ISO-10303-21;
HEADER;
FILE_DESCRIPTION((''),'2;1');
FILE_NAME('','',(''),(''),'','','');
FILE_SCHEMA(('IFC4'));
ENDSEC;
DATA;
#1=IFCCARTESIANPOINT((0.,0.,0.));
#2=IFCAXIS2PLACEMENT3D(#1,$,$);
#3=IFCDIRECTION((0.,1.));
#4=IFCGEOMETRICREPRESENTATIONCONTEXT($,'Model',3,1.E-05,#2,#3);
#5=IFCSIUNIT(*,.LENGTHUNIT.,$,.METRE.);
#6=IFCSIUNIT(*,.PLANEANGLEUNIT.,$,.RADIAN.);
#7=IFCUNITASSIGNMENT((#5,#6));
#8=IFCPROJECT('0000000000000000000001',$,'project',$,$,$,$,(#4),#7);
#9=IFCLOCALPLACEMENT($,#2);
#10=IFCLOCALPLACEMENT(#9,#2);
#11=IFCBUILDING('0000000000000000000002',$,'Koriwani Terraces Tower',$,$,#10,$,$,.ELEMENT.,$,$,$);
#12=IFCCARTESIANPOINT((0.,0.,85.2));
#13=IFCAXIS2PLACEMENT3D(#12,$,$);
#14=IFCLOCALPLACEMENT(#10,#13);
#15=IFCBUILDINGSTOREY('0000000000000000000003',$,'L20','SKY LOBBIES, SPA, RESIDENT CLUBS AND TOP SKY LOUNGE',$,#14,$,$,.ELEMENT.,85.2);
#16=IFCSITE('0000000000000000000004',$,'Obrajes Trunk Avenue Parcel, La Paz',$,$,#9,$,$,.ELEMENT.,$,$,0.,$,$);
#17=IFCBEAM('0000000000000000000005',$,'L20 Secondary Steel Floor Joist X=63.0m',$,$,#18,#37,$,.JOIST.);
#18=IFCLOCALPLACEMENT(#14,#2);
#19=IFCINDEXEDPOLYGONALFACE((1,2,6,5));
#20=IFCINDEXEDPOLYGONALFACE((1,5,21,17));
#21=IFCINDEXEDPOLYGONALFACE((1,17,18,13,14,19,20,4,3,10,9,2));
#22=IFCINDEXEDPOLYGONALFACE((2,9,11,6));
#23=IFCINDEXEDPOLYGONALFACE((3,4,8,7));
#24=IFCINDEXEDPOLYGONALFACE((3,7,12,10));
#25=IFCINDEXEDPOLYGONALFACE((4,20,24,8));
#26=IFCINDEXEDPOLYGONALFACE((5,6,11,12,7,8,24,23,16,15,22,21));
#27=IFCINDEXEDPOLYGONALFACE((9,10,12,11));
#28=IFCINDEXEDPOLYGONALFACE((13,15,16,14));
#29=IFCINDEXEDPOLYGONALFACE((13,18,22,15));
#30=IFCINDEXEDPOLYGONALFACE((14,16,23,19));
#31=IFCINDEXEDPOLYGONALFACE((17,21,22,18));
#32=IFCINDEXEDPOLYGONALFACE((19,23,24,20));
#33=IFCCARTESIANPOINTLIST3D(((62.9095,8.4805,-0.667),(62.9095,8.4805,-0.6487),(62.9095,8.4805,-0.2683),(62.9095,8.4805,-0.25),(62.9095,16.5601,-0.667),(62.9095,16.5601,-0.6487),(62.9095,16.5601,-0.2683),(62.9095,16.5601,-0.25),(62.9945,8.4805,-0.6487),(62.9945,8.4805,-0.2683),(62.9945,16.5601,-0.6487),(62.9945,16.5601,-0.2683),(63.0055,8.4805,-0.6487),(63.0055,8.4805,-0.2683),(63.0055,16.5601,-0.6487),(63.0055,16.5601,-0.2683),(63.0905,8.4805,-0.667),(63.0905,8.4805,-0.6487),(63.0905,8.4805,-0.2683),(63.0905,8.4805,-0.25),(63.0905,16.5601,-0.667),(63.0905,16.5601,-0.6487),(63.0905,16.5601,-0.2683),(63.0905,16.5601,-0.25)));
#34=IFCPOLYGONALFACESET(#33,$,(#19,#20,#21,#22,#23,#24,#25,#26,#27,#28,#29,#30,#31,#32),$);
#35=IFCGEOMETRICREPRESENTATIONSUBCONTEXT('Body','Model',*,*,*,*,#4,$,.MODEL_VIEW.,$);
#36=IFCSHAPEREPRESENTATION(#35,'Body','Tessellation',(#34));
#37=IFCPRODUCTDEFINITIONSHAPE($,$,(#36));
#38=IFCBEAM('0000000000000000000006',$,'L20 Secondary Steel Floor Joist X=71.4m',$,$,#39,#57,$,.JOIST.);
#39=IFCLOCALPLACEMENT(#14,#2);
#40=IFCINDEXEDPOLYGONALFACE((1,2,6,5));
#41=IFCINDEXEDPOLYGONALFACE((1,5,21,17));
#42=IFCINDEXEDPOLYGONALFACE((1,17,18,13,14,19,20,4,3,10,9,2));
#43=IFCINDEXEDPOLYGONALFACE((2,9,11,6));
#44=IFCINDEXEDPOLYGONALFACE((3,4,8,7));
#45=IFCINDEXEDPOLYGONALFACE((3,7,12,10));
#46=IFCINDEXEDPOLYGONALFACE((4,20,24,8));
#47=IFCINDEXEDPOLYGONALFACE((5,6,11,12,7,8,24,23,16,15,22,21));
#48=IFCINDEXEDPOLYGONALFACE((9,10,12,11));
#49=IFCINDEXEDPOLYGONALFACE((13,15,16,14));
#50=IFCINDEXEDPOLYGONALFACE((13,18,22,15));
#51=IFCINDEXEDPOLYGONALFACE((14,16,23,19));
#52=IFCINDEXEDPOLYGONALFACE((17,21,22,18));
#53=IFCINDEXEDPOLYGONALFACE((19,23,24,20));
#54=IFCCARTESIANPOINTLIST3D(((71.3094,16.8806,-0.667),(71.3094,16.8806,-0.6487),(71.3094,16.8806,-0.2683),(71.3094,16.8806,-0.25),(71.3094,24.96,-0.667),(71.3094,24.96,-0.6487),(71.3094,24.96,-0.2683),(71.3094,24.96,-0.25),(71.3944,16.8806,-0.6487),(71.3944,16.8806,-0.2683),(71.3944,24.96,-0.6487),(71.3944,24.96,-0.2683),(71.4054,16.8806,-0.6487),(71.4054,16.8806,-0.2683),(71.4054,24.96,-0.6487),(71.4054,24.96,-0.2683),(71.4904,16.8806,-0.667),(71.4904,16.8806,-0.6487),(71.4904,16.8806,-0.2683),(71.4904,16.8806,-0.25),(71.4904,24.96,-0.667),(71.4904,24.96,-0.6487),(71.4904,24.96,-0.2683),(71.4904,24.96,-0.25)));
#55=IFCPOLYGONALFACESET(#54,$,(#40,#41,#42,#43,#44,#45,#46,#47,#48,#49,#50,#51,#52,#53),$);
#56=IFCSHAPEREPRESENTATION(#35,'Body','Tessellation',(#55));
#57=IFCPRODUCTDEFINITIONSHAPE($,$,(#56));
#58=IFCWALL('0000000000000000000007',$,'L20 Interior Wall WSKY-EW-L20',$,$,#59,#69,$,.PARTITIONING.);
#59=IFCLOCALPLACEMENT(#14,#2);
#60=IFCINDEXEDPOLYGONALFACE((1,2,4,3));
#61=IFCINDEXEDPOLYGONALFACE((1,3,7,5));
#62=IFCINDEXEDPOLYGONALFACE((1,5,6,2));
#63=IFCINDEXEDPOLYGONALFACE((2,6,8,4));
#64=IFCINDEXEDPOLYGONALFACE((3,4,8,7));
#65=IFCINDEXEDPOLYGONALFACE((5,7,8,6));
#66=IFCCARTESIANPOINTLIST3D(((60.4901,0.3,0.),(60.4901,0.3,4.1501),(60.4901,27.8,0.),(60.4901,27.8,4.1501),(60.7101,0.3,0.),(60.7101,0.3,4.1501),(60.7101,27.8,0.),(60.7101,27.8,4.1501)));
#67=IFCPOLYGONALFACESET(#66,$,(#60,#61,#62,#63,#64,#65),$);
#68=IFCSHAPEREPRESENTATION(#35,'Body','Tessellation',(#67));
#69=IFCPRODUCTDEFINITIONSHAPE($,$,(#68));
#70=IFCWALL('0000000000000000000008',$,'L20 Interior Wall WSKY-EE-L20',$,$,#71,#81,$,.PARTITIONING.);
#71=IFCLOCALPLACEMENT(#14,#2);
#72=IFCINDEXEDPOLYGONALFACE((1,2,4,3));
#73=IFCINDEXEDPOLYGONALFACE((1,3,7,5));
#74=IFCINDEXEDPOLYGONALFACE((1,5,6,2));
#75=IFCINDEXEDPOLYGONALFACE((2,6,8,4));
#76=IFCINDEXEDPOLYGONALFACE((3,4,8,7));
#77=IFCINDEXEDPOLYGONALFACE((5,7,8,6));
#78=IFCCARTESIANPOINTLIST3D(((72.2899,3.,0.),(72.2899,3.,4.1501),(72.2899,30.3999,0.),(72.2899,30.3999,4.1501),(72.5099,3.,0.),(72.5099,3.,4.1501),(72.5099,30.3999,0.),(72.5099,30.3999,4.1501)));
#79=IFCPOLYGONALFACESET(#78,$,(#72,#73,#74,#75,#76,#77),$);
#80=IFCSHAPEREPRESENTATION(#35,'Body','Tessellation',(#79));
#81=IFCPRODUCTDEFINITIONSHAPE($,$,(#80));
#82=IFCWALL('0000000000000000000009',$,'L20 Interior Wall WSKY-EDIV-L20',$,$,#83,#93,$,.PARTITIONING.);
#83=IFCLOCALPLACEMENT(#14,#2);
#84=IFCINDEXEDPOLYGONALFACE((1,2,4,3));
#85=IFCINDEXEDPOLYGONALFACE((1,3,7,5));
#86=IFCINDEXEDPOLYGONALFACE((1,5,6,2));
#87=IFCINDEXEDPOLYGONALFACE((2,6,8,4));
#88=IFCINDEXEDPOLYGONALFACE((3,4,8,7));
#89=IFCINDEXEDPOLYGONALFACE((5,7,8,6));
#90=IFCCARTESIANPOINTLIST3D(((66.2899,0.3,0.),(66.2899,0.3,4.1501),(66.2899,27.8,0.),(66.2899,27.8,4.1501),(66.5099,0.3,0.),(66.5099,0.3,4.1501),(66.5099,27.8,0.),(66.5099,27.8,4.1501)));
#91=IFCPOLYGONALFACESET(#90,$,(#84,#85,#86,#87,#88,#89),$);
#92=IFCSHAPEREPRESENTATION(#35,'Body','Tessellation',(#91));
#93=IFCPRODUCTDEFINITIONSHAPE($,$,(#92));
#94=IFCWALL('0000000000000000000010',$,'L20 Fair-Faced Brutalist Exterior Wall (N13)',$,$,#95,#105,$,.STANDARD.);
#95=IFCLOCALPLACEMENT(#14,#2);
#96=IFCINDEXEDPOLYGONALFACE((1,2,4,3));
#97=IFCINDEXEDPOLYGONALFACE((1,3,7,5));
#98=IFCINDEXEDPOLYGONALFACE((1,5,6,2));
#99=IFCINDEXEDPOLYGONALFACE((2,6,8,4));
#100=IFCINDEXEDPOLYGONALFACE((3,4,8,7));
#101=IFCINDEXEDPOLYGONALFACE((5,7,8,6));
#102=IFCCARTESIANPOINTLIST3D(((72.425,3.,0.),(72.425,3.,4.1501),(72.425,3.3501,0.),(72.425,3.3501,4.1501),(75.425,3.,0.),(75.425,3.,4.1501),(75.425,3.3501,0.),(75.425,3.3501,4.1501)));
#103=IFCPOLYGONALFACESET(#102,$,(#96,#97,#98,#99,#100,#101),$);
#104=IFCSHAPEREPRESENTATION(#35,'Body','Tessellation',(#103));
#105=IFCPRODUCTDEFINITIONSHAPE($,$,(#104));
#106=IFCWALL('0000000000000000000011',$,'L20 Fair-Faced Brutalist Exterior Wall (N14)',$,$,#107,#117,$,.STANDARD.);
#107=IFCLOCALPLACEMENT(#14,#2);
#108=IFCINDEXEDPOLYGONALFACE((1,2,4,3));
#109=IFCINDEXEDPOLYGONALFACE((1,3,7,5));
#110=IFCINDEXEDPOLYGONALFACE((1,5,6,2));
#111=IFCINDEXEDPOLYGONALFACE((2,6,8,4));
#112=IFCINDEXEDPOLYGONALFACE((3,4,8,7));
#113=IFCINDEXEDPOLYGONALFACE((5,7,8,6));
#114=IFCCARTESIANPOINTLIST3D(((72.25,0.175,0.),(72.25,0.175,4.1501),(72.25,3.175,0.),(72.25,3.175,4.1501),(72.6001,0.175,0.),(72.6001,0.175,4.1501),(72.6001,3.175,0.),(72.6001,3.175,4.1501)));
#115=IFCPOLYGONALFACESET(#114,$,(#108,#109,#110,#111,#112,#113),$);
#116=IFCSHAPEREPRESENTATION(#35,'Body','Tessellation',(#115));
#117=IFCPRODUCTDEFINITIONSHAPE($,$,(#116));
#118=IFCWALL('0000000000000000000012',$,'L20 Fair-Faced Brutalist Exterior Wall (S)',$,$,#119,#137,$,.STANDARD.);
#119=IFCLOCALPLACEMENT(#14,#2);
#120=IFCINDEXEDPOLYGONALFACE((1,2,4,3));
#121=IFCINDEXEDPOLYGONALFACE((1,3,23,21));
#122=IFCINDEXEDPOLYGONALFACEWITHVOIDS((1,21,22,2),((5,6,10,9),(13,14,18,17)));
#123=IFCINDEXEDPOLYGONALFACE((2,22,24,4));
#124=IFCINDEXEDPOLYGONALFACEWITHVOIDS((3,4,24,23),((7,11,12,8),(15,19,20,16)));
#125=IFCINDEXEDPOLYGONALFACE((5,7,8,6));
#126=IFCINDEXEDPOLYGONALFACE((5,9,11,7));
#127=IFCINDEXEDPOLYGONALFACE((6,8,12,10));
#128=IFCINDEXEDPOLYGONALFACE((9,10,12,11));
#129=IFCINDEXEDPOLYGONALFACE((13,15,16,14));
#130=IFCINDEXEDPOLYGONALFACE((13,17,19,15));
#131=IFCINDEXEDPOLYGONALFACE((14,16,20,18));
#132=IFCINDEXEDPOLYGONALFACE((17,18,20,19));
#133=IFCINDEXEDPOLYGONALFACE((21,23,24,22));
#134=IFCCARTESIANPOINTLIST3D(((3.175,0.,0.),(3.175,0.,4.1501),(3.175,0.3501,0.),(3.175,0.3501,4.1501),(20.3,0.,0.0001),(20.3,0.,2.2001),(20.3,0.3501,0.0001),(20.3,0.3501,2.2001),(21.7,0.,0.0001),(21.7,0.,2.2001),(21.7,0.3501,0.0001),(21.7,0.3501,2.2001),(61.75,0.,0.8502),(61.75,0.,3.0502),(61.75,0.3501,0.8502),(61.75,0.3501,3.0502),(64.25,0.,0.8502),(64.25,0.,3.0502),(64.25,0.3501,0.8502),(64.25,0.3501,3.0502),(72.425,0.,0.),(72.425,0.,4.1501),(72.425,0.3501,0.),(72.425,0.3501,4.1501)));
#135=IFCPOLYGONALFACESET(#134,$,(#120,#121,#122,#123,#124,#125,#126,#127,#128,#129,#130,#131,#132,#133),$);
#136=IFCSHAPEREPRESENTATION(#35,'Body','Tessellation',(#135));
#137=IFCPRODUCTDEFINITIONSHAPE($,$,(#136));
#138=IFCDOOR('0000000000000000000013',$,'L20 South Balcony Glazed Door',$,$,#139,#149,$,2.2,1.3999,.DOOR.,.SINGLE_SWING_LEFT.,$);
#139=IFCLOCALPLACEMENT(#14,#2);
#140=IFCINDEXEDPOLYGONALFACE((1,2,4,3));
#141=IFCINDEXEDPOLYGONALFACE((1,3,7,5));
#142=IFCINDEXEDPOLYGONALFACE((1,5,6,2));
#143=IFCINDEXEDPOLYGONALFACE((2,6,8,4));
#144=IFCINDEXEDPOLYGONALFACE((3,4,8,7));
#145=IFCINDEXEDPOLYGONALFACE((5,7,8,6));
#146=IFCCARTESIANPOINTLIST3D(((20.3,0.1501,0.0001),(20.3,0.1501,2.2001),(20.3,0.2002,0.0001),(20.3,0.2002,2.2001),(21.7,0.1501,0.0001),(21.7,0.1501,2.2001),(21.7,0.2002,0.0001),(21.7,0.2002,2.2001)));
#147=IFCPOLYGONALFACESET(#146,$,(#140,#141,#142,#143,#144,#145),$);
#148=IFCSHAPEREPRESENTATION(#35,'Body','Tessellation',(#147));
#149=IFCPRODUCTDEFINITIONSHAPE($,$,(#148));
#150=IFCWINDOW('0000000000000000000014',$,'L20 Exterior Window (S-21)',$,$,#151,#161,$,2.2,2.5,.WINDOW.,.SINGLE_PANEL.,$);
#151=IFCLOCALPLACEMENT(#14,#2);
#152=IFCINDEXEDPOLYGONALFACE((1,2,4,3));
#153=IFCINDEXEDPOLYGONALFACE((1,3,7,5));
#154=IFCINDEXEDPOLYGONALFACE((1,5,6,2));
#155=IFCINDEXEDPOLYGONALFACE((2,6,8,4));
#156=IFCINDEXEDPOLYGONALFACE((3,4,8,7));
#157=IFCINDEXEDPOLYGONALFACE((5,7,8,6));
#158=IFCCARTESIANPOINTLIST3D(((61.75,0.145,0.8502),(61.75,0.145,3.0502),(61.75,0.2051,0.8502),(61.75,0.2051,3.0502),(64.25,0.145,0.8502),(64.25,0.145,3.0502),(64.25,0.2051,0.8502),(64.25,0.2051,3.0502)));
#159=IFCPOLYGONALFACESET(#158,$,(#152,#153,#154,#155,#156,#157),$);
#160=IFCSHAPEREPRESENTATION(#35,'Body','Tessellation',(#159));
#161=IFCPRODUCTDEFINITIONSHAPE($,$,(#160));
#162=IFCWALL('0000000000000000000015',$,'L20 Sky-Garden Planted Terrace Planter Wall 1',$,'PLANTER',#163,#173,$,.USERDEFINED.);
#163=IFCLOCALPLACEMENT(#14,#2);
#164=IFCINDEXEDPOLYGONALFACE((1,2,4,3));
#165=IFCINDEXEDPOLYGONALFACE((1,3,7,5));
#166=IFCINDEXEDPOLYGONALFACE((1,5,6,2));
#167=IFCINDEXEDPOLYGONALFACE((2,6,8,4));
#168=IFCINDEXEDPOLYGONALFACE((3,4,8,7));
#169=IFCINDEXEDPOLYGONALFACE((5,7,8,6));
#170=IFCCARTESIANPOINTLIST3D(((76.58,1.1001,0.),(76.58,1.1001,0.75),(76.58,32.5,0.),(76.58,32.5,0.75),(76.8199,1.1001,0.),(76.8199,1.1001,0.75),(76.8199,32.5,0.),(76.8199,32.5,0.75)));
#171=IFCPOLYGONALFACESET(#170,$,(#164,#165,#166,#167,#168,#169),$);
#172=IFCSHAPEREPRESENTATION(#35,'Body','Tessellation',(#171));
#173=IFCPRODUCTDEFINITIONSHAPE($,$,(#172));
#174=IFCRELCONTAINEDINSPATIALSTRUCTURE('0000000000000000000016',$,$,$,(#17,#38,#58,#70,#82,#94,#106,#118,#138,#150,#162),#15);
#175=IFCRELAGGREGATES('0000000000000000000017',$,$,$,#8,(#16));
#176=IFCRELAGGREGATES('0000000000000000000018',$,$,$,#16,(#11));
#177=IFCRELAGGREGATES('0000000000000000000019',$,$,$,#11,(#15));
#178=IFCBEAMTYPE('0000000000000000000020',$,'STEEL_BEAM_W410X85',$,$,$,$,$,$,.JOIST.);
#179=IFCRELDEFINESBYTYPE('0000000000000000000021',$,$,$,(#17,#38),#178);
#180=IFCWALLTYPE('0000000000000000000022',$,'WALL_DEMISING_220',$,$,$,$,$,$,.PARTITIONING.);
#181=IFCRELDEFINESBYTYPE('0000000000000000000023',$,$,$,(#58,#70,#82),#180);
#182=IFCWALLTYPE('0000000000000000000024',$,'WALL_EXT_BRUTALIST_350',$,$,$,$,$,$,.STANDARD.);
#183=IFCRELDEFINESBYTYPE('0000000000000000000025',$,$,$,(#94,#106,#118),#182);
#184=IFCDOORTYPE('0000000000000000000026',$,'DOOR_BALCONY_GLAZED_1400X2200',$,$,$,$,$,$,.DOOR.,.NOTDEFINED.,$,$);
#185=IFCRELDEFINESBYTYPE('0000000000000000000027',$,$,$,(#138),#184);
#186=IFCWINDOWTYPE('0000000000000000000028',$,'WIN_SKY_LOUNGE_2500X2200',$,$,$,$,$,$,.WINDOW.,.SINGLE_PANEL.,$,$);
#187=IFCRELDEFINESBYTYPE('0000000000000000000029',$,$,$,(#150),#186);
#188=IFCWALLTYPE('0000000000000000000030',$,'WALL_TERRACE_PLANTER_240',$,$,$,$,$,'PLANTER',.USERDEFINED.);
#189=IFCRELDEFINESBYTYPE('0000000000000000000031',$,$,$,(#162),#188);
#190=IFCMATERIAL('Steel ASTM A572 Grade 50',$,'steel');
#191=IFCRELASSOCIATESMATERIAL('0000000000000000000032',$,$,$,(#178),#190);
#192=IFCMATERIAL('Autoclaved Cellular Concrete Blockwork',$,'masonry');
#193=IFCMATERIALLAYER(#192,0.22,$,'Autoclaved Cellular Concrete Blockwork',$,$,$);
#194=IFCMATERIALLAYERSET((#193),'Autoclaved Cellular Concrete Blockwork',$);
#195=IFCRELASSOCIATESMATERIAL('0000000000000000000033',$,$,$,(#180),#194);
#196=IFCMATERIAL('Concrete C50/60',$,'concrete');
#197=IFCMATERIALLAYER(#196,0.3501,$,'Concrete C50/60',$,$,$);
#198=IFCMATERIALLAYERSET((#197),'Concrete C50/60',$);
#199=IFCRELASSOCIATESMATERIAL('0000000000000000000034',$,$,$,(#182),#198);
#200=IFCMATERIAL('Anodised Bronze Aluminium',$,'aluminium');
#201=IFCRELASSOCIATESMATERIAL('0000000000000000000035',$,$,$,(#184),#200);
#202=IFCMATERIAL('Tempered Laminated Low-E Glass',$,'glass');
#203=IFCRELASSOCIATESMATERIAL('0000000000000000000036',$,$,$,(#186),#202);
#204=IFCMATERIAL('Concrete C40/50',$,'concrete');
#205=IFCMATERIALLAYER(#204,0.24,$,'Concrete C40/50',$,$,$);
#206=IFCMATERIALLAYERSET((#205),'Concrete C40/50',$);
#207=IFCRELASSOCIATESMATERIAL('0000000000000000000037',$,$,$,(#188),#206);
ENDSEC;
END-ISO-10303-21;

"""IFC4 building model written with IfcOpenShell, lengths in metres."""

from ifc_helpers import new_model, si_unit, direction, frame, frame_2d, origin, origin_2d, place, context, subcontext, project, spatial, rectangle, i_section, extrude, material, layer, layer_set, material_profile, profile_set, type_object, element, fill, save


model = new_model("IFC4")

# Units and contexts
model_context = context("Model", 3, precision=1e-05, world=origin(), true_north=direction((0.0, 1.0)))
body_context = subcontext(model_context, "Body", "Model", "MODEL_VIEW")
ifc_project = project(units=[si_unit("LENGTHUNIT", "METRE"), si_unit("PLANEANGLEUNIT", "RADIAN")], contexts=[model_context])

# Site, building, storey
site_placement = place(None, origin())
site = spatial("IfcSite", under=ifc_project, at=site_placement, Name="Obrajes Trunk Avenue Parcel, La Paz", CompositionType="ELEMENT", RefElevation=0.0)
building_placement = place(site_placement, origin())
building = spatial("IfcBuilding", under=site, at=building_placement, Name="Koriwani Terraces Tower", CompositionType="ELEMENT")
storey_placement = place(building_placement, frame((0.0, 0.0, 85.2)))
storey = spatial("IfcBuildingStorey", under=building, at=storey_placement, Name="L20", Description="SKY LOBBIES, SPA, RESIDENT CLUBS AND TOP SKY LOUNGE", CompositionType="ELEMENT", Elevation=85.2)

# Beams
ifc_material_1 = material(Name="Concrete C40/50", Category="concrete")
ifc_material_2 = material(Name="Concrete C50/60", Category="concrete")
ifc_material_3 = material(Name="Steel ASTM A572 Grade 50", Category="steel")
ifc_material_profile_1 = material_profile(ifc_material_3, i_section(OverallWidth=0.1809, OverallDepth=0.417, WebThickness=0.011, FlangeThickness=0.0183, at=origin_2d()), Name="Steel ASTM A572 Grade 50", Category="LoadBearing")
ifc_profile_set_1 = profile_set([ifc_material_profile_1], Name="Steel ASTM A572 Grade 50")
beam_type_1 = type_object("IfcBeamType", Name="STEEL_BEAM_W410X85", PredefinedType="JOIST", material=ifc_profile_set_1)
beam_1_placement = place(storey_placement, frame((63.0, 8.4805, -0.4585), z_axis=(0.0, 1.0, 0.0), x_axis=(-1.0, 0.0, 0.0)))
element("IfcBeam", 1, at=beam_1_placement, inside=storey, type_object=beam_type_1, Name="L20 Secondary Steel Floor Joist X=63.0m", PredefinedType="JOIST", context=body_context, shape_type="SweptSolid", body=[
    extrude(i_section(OverallWidth=0.1809, OverallDepth=0.417, WebThickness=0.011, FlangeThickness=0.0183, at=origin_2d()), origin(), (0.0, 0.0, 1.0), 8.0796),
])
beam_2_placement = place(storey_placement, frame((71.3999, 16.8806, -0.4585), z_axis=(0.0, 1.0, 0.0), x_axis=(-1.0, 0.0, 0.0)))
element("IfcBeam", 2, at=beam_2_placement, inside=storey, type_object=beam_type_1, Name="L20 Secondary Steel Floor Joist X=71.4m", PredefinedType="JOIST", context=body_context, shape_type="SweptSolid", body=[
    extrude(i_section(OverallWidth=0.1809, OverallDepth=0.417, WebThickness=0.011, FlangeThickness=0.0183, at=origin_2d()), origin(), (0.0, 0.0, 1.0), 8.0793),
])

# Walls
ifc_material_4 = material(Name="Autoclaved Cellular Concrete Blockwork", Category="masonry")
ifc_layer_1 = layer(ifc_material_4, 0.22, Name="Autoclaved Cellular Concrete Blockwork")
ifc_layer_set_1 = layer_set([ifc_layer_1], Name="Autoclaved Cellular Concrete Blockwork")
wall_type_1 = type_object("IfcWallType", Name="WALL_DEMISING_220", PredefinedType="PARTITIONING", material=ifc_layer_set_1)
wall_1_placement = place(storey_placement, frame((60.6001, 0.3, 0.0), z_axis=(0.0, 0.0, 1.0), x_axis=(0.0, 1.0, 0.0)))
element("IfcWall", 3, at=wall_1_placement, inside=storey, type_object=wall_type_1, Name="L20 Interior Wall WSKY-EW-L20", PredefinedType="PARTITIONING", context=body_context, shape_type="SweptSolid", body=[
    extrude(rectangle(XDim=27.5, YDim=0.22, at=frame_2d((13.75, 0.0))), origin(), (0.0, 0.0, 1.0), 4.1501),
])
wall_2_placement = place(storey_placement, frame((72.3999, 3.0, 0.0), z_axis=(0.0, 0.0, 1.0), x_axis=(0.0, 1.0, 0.0)))
element("IfcWall", 4, at=wall_2_placement, inside=storey, type_object=wall_type_1, Name="L20 Interior Wall WSKY-EE-L20", PredefinedType="PARTITIONING", context=body_context, shape_type="SweptSolid", body=[
    extrude(rectangle(XDim=27.3999, YDim=0.22, at=frame_2d((13.7, 0.0))), origin(), (0.0, 0.0, 1.0), 4.1501),
])
wall_3_placement = place(storey_placement, frame((66.3999, 0.3, 0.0), z_axis=(0.0, 0.0, 1.0), x_axis=(0.0, 1.0, 0.0)))
element("IfcWall", 5, at=wall_3_placement, inside=storey, type_object=wall_type_1, Name="L20 Interior Wall WSKY-EDIV-L20", PredefinedType="PARTITIONING", context=body_context, shape_type="SweptSolid", body=[
    extrude(rectangle(XDim=27.5, YDim=0.22, at=frame_2d((13.75, 0.0))), origin(), (0.0, 0.0, 1.0), 4.1501),
])
ifc_layer_2 = layer(ifc_material_2, 0.3501, Name="Concrete C50/60")
ifc_layer_set_2 = layer_set([ifc_layer_2], Name="Concrete C50/60")
wall_type_2 = type_object("IfcWallType", Name="WALL_EXT_BRUTALIST_350", PredefinedType="STANDARD", material=ifc_layer_set_2)
for number, where, z_axis, x_axis, name in (
    (6, (75.425, 3.175, 0.0), (0.0, 0.0, 1.0), (-1.0, 0.0, 0.0), "L20 Fair-Faced Brutalist Exterior Wall (N13)"),
    (7, (72.425, 3.175, 0.0), (0.0, 0.0, 1.0), (0.0, -1.0, 0.0), "L20 Fair-Faced Brutalist Exterior Wall (N14)"),
):
    element("IfcWall", number, at=place(storey_placement, frame(where, z_axis=z_axis, x_axis=x_axis)), inside=storey, type_object=wall_type_2, Name=name, PredefinedType="STANDARD", context=body_context, shape_type="SweptSolid", body=[
        extrude(rectangle(XDim=3.0, YDim=0.3501, at=frame_2d((1.5, 0.0))), origin(), (0.0, 0.0, 1.0), 4.1501),
    ])

# Wall, openings, door, window
wall_4_placement = place(storey_placement, frame((72.425, 0.175, 0.0), z_axis=(0.0, 0.0, 1.0), x_axis=(-1.0, 0.0, 0.0)))
wall_4 = element("IfcWall", 8, at=wall_4_placement, inside=storey, type_object=wall_type_2, Name="L20 Fair-Faced Brutalist Exterior Wall (S)", PredefinedType="STANDARD", context=body_context, shape_type="SweptSolid", body=[
    extrude(rectangle(XDim=69.25, YDim=0.3501, at=frame_2d((34.625, 0.0))), origin(), (0.0, 0.0, 1.0), 4.1501),
])
opening_1_placement = place(wall_4_placement, frame((50.7251, 0.0, 0.0)))
opening_1 = element("IfcOpeningElement", 9, at=opening_1_placement, cuts=wall_4, PredefinedType="OPENING", context=body_context, shape_type="SweptSolid", body=[
    extrude(rectangle(XDim=1.3999, YDim=2.2, at=frame_2d((0.7, 1.1001))), frame((0.0, 0.1851, 0.0), z_axis=(0.0, -1.0, 0.0), x_axis=(1.0, 0.0, 0.0)), (0.0, 0.0, 1.0), 0.3701),
])
opening_2_placement = place(wall_4_placement, frame((8.175, 0.0, 0.8501)))
opening_2 = element("IfcOpeningElement", 10, at=opening_2_placement, cuts=wall_4, PredefinedType="OPENING", context=body_context, shape_type="SweptSolid", body=[
    extrude(rectangle(XDim=2.5, YDim=2.2, at=frame_2d((1.25, 1.1001))), frame((0.0, 0.1851, 0.0), z_axis=(0.0, -1.0, 0.0), x_axis=(1.0, 0.0, 0.0)), (0.0, 0.0, 1.0), 0.3701),
])
ifc_material_5 = material(Name="Anodised Bronze Aluminium", Category="aluminium")
door_type = type_object("IfcDoorType", Name="DOOR_BALCONY_GLAZED_1400X2200", OperationType="NOTDEFINED", PredefinedType="DOOR", material=ifc_material_5)
door_placement = place(opening_1_placement, origin())
door = element("IfcDoor", 11, at=door_placement, inside=storey, type_object=door_type, Name="L20 South Balcony Glazed Door", OperationType="SINGLE_SWING_LEFT", OverallHeight=2.2, OverallWidth=1.3999, PredefinedType="DOOR", context=body_context, shape_type="SweptSolid", body=[
    extrude(rectangle(XDim=1.3999, YDim=2.2, at=frame_2d((0.7, 1.1001))), frame((0.0, 0.0249, 0.0), z_axis=(0.0, -1.0, 0.0), x_axis=(1.0, 0.0, 0.0)), (0.0, 0.0, 1.0), 0.05),
])
fill(opening_1, door)
ifc_material_6 = material(Name="Tempered Laminated Low-E Glass", Category="glass")
window_type = type_object("IfcWindowType", Name="WIN_SKY_LOUNGE_2500X2200", PartitioningType="SINGLE_PANEL", PredefinedType="WINDOW", material=ifc_material_6)
window_placement = place(opening_2_placement, origin())
window = element("IfcWindow", 12, at=window_placement, inside=storey, type_object=window_type, Name="L20 Exterior Window (S-21)", OverallHeight=2.2, OverallWidth=2.5, PartitioningType="SINGLE_PANEL", PredefinedType="WINDOW", context=body_context, shape_type="SweptSolid", body=[
    extrude(rectangle(XDim=2.5, YDim=2.2, at=frame_2d((1.25, 1.1001))), frame((0.0, 0.03, 0.0), z_axis=(0.0, -1.0, 0.0), x_axis=(1.0, 0.0, 0.0)), (0.0, 0.0, 1.0), 0.0601),
])
fill(opening_2, window)

# Wall
ifc_layer_3 = layer(ifc_material_1, 0.24, Name="Concrete C40/50")
ifc_layer_set_3 = layer_set([ifc_layer_3], Name="Concrete C40/50")
wall_type_3 = type_object("IfcWallType", Name="WALL_TERRACE_PLANTER_240", ElementType="PLANTER", PredefinedType="USERDEFINED", material=ifc_layer_set_3)
wall_5_placement = place(storey_placement, frame((76.7, 1.1001, 0.0), z_axis=(0.0, 0.0, 1.0), x_axis=(0.0, 1.0, 0.0)))
element("IfcWall", 13, at=wall_5_placement, inside=storey, type_object=wall_type_3, Name="L20 Sky-Garden Planted Terrace Planter Wall 1", ObjectType="PLANTER", PredefinedType="USERDEFINED", context=body_context, shape_type="SweptSolid", body=[
    extrude(rectangle(XDim=31.3999, YDim=0.24, at=frame_2d((15.7, 0.0))), origin(), (0.0, 0.0, 1.0), 0.75),
])

save(model, "model.ifc")
